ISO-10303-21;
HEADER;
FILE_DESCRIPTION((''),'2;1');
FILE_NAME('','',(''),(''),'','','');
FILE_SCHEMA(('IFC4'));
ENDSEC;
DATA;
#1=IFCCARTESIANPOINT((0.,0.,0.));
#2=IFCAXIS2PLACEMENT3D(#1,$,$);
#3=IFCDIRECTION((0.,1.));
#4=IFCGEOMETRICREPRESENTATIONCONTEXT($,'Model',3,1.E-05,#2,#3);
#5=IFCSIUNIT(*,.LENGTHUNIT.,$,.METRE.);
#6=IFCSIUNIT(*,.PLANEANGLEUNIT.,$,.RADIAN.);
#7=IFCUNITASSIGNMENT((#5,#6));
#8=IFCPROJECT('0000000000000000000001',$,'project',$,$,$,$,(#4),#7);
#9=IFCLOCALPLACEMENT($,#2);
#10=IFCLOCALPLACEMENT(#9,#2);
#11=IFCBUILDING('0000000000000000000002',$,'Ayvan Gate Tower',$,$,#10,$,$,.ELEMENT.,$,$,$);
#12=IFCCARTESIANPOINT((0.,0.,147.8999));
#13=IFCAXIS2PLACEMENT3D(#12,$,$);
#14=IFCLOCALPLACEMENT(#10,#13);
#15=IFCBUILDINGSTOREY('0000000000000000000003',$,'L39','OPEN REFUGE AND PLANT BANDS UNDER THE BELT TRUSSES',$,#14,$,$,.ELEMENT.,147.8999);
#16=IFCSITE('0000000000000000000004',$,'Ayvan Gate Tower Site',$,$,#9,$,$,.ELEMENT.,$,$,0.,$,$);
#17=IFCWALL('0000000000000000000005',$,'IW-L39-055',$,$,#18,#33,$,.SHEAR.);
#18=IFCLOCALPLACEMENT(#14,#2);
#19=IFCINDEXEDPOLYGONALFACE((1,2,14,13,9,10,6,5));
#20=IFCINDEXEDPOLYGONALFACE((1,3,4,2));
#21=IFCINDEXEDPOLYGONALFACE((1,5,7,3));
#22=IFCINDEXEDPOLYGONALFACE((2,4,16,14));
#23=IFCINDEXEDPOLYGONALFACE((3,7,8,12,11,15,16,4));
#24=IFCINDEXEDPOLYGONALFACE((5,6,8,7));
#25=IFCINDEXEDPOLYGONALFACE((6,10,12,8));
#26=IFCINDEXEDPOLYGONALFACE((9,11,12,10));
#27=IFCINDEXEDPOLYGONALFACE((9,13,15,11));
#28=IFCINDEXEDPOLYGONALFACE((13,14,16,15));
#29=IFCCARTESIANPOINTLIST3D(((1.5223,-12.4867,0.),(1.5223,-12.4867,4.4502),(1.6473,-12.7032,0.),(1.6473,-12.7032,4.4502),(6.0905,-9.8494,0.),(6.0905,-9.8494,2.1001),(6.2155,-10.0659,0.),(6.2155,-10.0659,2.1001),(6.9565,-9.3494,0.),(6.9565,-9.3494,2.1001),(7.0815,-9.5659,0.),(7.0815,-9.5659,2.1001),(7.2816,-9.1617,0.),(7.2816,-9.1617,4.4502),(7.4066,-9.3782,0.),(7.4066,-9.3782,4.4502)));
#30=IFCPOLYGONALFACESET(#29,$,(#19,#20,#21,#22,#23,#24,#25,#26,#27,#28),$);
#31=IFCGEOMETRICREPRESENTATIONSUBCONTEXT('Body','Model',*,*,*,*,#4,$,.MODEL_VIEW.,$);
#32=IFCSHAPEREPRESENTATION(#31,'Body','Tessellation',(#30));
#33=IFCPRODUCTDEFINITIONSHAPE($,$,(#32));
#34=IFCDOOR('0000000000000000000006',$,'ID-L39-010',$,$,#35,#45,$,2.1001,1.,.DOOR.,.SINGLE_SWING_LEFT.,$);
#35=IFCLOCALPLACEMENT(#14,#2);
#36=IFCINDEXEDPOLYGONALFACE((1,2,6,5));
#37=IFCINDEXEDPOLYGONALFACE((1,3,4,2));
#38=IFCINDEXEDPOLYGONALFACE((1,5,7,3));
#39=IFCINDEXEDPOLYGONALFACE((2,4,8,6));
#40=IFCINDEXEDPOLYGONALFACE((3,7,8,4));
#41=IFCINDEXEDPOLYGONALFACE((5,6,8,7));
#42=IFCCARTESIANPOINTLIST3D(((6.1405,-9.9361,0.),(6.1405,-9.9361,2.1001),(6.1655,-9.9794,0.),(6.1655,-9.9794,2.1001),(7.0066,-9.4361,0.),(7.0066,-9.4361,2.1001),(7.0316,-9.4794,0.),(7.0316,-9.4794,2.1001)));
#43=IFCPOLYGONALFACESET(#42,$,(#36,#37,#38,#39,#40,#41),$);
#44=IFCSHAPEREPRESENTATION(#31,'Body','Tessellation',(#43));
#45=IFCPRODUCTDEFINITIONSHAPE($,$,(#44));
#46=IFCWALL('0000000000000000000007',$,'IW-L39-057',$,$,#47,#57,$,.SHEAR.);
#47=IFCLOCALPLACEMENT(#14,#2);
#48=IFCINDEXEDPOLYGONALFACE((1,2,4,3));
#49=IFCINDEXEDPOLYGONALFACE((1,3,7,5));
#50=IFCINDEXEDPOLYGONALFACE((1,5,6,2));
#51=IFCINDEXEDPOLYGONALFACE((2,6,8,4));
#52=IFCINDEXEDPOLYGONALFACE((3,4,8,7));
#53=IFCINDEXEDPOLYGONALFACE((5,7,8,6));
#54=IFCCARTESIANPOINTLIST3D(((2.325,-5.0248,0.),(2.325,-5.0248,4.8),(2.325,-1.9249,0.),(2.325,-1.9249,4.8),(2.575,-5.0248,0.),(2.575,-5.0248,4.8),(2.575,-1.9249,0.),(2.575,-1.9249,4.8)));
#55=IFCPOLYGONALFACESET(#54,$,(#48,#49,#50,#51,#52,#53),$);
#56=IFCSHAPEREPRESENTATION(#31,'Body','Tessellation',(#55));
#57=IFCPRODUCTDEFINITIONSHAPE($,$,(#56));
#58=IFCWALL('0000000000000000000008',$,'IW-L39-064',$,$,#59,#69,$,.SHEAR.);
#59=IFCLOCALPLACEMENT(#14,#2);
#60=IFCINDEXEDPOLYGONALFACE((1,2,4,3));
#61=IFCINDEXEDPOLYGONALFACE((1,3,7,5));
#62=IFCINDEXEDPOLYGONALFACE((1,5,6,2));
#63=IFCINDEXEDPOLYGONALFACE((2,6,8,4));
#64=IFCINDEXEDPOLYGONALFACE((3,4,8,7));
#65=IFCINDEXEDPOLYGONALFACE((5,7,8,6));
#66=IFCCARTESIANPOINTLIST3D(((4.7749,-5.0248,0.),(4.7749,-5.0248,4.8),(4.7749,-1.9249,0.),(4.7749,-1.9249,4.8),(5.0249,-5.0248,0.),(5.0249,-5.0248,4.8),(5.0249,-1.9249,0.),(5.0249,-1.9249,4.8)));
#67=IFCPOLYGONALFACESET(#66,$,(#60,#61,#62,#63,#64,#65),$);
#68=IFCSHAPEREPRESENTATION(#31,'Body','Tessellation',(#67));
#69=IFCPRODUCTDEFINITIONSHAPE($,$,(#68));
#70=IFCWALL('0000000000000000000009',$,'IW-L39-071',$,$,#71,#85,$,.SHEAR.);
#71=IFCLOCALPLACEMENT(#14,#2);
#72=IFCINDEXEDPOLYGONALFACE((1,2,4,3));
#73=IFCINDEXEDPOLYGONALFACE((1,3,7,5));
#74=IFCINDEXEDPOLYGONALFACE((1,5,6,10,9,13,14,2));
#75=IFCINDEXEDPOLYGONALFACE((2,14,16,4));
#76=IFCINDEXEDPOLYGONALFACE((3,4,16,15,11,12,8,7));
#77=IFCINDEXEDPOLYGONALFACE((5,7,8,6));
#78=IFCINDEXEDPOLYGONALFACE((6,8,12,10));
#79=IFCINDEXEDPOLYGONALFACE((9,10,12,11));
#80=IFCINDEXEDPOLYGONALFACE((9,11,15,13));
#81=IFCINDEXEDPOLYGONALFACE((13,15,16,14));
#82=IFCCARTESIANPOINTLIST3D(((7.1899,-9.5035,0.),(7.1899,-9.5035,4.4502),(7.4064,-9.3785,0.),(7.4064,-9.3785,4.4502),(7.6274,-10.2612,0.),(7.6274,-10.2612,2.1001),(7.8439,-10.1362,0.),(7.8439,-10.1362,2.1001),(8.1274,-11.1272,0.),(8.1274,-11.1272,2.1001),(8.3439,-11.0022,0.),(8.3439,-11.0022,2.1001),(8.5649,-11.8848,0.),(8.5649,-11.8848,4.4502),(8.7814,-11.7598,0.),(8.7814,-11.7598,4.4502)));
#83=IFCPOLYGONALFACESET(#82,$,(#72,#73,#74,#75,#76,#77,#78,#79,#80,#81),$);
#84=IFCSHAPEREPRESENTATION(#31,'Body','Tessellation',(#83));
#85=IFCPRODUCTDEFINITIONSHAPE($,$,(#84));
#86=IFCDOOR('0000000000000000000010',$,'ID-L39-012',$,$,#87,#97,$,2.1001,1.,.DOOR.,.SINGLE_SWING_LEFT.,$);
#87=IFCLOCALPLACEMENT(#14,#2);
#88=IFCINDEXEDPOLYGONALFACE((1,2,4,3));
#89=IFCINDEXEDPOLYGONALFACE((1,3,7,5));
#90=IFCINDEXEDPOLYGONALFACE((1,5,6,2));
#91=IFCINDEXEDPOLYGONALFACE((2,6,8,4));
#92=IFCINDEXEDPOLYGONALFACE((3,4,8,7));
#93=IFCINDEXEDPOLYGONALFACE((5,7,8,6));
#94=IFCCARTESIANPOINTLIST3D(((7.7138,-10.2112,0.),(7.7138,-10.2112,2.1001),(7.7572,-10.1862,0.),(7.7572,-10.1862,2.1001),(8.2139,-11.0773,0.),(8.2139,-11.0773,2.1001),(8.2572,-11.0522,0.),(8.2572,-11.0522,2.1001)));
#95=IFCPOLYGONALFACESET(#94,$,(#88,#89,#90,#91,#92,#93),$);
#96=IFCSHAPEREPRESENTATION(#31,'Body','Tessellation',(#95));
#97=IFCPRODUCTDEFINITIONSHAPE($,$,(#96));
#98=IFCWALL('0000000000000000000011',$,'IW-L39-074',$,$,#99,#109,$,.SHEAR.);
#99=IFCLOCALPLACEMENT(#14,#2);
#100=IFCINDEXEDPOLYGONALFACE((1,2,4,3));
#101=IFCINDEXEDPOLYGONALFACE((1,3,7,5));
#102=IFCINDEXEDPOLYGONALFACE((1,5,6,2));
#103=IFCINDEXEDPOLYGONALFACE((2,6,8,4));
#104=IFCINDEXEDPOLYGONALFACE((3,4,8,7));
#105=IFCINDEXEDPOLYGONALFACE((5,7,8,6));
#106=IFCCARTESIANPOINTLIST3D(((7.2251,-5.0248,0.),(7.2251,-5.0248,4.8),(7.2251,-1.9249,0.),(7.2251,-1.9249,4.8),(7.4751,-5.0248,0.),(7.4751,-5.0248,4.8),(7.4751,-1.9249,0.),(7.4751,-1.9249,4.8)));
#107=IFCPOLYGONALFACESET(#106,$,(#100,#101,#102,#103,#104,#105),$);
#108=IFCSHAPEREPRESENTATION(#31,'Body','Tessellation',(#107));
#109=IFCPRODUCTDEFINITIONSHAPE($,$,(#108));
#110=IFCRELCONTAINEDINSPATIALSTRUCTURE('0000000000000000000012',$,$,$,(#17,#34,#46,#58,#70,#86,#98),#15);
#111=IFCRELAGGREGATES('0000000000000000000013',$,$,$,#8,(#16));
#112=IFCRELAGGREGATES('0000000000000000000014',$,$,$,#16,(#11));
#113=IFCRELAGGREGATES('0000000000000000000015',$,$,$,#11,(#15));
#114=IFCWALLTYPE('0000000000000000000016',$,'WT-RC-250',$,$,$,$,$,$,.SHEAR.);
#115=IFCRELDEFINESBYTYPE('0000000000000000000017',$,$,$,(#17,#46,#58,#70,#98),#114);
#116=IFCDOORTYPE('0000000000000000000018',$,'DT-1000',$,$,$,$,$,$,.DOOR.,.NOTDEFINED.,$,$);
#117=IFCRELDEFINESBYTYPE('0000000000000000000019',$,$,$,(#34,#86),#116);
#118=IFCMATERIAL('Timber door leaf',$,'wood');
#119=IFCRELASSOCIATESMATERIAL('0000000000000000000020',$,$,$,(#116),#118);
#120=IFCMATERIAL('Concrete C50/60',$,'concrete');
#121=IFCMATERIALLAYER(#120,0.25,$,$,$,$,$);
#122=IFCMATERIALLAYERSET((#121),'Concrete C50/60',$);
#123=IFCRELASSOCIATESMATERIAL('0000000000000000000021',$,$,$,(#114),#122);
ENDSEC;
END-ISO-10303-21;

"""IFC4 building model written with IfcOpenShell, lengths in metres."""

from ifc_helpers import new_model, si_unit, direction, frame, frame_2d, origin, place, context, subcontext, project, spatial, rectangle, extrude, material, layer, layer_set, type_object, element, fill, save


model = new_model("IFC4")

# Units and contexts
model_context = context("Model", 3, precision=1e-05, world=origin(), true_north=direction((0.0, 1.0)))
body_context = subcontext(model_context, "Body", "Model", "MODEL_VIEW")
ifc_project = project(units=[si_unit("LENGTHUNIT", "METRE"), si_unit("PLANEANGLEUNIT", "RADIAN")], contexts=[model_context])

# Site, building, storey
site_placement = place(None, origin())
site = spatial("IfcSite", under=ifc_project, at=site_placement, Name="Ayvan Gate Tower Site", CompositionType="ELEMENT", RefElevation=0.0)
building_placement = place(site_placement, origin())
building = spatial("IfcBuilding", under=site, at=building_placement, Name="Ayvan Gate Tower", CompositionType="ELEMENT")
storey_placement = place(building_placement, frame((0.0, 0.0, 147.8999)))
storey = spatial("IfcBuildingStorey", under=building, at=storey_placement, Name="L39", Description="OPEN REFUGE AND PLANT BANDS UNDER THE BELT TRUSSES", CompositionType="ELEMENT", Elevation=147.8999)

# Shared definitions
ifc_material_1 = material(Name="Timber door leaf", Category="wood")

# Shared definitions
door_type_1 = type_object("IfcDoorType", Name="DT-1000", OperationType="NOTDEFINED", PredefinedType="DOOR", material=ifc_material_1)

# Shared definitions
ifc_material_2 = material(Name="Concrete C50/60", Category="concrete")
ifc_layer_1 = layer(ifc_material_2, 0.25)
ifc_layer_set_1 = layer_set([ifc_layer_1], Name="Concrete C50/60")
wall_type_1 = type_object("IfcWallType", Name="WT-RC-250", PredefinedType="SHEAR", material=ifc_layer_set_1)

# Wall, opening, door
wall_1_placement = place(storey_placement, frame((1.5847, -12.595, 0.0), z_axis=(0.0, 0.0, 1.0), x_axis=(0.866036, 0.499981, 0.0)))
wall_1 = element("IfcWall", 1, at=wall_1_placement, inside=storey, type_object=wall_type_1, Name="IW-L39-055", PredefinedType="SHEAR", context=body_context, shape_type="SweptSolid", body=[
    extrude(rectangle(XDim=6.6501, YDim=0.25, at=frame_2d((3.3252, 0.0))), origin(), (0.0, 0.0, 1.0), 4.4502),
])
opening_1_placement = place(wall_1_placement, frame((5.2749, 0.0, 0.0)))
opening_1 = element("IfcOpeningElement", 2, at=opening_1_placement, cuts=wall_1, PredefinedType="OPENING", context=body_context, shape_type="SweptSolid", body=[
    extrude(rectangle(XDim=1.0, YDim=2.1001, at=frame_2d((0.5, 1.05))), frame((0.0, 0.135, 0.0), z_axis=(0.0, -1.0, 0.0), x_axis=(1.0, 0.0, 0.0)), (0.0, 0.0, 1.0), 0.27),
])
door_1_placement = place(opening_1_placement, origin())
door_1 = element("IfcDoor", 3, at=door_1_placement, inside=storey, type_object=door_type_1, Name="ID-L39-010", OperationType="SINGLE_SWING_LEFT", OverallHeight=2.1001, OverallWidth=1.0, PredefinedType="DOOR", context=body_context, shape_type="SweptSolid", body=[
    extrude(rectangle(XDim=1.0, YDim=2.1001, at=frame_2d((0.5, 1.05))), frame((0.0, 0.0249, 0.0), z_axis=(0.0, -1.0, 0.0), x_axis=(1.0, 0.0, 0.0)), (0.0, 0.0, 1.0), 0.05),
])
fill(opening_1, door_1)

# Walls
for number, where, z_axis, x_axis, name in (
    (4, (2.45, -1.925, 0.0), (0.0, 0.0, 1.0), (0.0, -1.0, 0.0), "IW-L39-057"),
    (5, (4.8999, -1.925, 0.0), (0.0, 0.0, 1.0), (0.0, -1.0, 0.0), "IW-L39-064"),
):
    element("IfcWall", number, at=place(storey_placement, frame(where, z_axis=z_axis, x_axis=x_axis)), inside=storey, type_object=wall_type_1, Name=name, PredefinedType="SHEAR", context=body_context, shape_type="SweptSolid", body=[
        extrude(rectangle(XDim=3.0999, YDim=0.25, at=frame_2d((1.5498, 0.0))), origin(), (0.0, 0.0, 1.0), 4.8),
    ])

# Wall, opening, door
wall_2_placement = place(storey_placement, frame((7.2981, -9.4409, 0.0), z_axis=(0.0, 0.0, 1.0), x_axis=(0.500035, -0.866005, 0.0)))
wall_2 = element("IfcWall", 6, at=wall_2_placement, inside=storey, type_object=wall_type_1, Name="IW-L39-071", PredefinedType="SHEAR", context=body_context, shape_type="SweptSolid", body=[
    extrude(rectangle(XDim=2.7498, YDim=0.25, at=frame_2d((1.375, 0.0))), origin(), (0.0, 0.0, 1.0), 4.4502),
])
opening_2_placement = place(wall_2_placement, frame((0.875, 0.0, 0.0)))
opening_2 = element("IfcOpeningElement", 7, at=opening_2_placement, cuts=wall_2, PredefinedType="OPENING", context=body_context, shape_type="SweptSolid", body=[
    extrude(rectangle(XDim=1.0, YDim=2.1001, at=frame_2d((0.5, 1.05))), frame((0.0, 0.135, 0.0), z_axis=(0.0, -1.0, 0.0), x_axis=(1.0, 0.0, 0.0)), (0.0, 0.0, 1.0), 0.27),
])
door_2_placement = place(opening_2_placement, origin())
door_2 = element("IfcDoor", 8, at=door_2_placement, inside=storey, type_object=door_type_1, Name="ID-L39-012", OperationType="SINGLE_SWING_LEFT", OverallHeight=2.1001, OverallWidth=1.0, PredefinedType="DOOR", context=body_context, shape_type="SweptSolid", body=[
    extrude(rectangle(XDim=1.0, YDim=2.1001, at=frame_2d((0.5, 1.05))), frame((0.0, 0.0249, 0.0), z_axis=(0.0, -1.0, 0.0), x_axis=(1.0, 0.0, 0.0)), (0.0, 0.0, 1.0), 0.05),
])
fill(opening_2, door_2)

# Wall
wall_3_placement = place(storey_placement, frame((7.3501, -1.925, 0.0), z_axis=(0.0, 0.0, 1.0), x_axis=(0.0, -1.0, 0.0)))
element("IfcWall", 9, at=wall_3_placement, inside=storey, type_object=wall_type_1, Name="IW-L39-074", PredefinedType="SHEAR", context=body_context, shape_type="SweptSolid", body=[
    extrude(rectangle(XDim=3.0999, YDim=0.25, at=frame_2d((1.5498, 0.0))), origin(), (0.0, 0.0, 1.0), 4.8),
])

save(model, "model.ifc")
